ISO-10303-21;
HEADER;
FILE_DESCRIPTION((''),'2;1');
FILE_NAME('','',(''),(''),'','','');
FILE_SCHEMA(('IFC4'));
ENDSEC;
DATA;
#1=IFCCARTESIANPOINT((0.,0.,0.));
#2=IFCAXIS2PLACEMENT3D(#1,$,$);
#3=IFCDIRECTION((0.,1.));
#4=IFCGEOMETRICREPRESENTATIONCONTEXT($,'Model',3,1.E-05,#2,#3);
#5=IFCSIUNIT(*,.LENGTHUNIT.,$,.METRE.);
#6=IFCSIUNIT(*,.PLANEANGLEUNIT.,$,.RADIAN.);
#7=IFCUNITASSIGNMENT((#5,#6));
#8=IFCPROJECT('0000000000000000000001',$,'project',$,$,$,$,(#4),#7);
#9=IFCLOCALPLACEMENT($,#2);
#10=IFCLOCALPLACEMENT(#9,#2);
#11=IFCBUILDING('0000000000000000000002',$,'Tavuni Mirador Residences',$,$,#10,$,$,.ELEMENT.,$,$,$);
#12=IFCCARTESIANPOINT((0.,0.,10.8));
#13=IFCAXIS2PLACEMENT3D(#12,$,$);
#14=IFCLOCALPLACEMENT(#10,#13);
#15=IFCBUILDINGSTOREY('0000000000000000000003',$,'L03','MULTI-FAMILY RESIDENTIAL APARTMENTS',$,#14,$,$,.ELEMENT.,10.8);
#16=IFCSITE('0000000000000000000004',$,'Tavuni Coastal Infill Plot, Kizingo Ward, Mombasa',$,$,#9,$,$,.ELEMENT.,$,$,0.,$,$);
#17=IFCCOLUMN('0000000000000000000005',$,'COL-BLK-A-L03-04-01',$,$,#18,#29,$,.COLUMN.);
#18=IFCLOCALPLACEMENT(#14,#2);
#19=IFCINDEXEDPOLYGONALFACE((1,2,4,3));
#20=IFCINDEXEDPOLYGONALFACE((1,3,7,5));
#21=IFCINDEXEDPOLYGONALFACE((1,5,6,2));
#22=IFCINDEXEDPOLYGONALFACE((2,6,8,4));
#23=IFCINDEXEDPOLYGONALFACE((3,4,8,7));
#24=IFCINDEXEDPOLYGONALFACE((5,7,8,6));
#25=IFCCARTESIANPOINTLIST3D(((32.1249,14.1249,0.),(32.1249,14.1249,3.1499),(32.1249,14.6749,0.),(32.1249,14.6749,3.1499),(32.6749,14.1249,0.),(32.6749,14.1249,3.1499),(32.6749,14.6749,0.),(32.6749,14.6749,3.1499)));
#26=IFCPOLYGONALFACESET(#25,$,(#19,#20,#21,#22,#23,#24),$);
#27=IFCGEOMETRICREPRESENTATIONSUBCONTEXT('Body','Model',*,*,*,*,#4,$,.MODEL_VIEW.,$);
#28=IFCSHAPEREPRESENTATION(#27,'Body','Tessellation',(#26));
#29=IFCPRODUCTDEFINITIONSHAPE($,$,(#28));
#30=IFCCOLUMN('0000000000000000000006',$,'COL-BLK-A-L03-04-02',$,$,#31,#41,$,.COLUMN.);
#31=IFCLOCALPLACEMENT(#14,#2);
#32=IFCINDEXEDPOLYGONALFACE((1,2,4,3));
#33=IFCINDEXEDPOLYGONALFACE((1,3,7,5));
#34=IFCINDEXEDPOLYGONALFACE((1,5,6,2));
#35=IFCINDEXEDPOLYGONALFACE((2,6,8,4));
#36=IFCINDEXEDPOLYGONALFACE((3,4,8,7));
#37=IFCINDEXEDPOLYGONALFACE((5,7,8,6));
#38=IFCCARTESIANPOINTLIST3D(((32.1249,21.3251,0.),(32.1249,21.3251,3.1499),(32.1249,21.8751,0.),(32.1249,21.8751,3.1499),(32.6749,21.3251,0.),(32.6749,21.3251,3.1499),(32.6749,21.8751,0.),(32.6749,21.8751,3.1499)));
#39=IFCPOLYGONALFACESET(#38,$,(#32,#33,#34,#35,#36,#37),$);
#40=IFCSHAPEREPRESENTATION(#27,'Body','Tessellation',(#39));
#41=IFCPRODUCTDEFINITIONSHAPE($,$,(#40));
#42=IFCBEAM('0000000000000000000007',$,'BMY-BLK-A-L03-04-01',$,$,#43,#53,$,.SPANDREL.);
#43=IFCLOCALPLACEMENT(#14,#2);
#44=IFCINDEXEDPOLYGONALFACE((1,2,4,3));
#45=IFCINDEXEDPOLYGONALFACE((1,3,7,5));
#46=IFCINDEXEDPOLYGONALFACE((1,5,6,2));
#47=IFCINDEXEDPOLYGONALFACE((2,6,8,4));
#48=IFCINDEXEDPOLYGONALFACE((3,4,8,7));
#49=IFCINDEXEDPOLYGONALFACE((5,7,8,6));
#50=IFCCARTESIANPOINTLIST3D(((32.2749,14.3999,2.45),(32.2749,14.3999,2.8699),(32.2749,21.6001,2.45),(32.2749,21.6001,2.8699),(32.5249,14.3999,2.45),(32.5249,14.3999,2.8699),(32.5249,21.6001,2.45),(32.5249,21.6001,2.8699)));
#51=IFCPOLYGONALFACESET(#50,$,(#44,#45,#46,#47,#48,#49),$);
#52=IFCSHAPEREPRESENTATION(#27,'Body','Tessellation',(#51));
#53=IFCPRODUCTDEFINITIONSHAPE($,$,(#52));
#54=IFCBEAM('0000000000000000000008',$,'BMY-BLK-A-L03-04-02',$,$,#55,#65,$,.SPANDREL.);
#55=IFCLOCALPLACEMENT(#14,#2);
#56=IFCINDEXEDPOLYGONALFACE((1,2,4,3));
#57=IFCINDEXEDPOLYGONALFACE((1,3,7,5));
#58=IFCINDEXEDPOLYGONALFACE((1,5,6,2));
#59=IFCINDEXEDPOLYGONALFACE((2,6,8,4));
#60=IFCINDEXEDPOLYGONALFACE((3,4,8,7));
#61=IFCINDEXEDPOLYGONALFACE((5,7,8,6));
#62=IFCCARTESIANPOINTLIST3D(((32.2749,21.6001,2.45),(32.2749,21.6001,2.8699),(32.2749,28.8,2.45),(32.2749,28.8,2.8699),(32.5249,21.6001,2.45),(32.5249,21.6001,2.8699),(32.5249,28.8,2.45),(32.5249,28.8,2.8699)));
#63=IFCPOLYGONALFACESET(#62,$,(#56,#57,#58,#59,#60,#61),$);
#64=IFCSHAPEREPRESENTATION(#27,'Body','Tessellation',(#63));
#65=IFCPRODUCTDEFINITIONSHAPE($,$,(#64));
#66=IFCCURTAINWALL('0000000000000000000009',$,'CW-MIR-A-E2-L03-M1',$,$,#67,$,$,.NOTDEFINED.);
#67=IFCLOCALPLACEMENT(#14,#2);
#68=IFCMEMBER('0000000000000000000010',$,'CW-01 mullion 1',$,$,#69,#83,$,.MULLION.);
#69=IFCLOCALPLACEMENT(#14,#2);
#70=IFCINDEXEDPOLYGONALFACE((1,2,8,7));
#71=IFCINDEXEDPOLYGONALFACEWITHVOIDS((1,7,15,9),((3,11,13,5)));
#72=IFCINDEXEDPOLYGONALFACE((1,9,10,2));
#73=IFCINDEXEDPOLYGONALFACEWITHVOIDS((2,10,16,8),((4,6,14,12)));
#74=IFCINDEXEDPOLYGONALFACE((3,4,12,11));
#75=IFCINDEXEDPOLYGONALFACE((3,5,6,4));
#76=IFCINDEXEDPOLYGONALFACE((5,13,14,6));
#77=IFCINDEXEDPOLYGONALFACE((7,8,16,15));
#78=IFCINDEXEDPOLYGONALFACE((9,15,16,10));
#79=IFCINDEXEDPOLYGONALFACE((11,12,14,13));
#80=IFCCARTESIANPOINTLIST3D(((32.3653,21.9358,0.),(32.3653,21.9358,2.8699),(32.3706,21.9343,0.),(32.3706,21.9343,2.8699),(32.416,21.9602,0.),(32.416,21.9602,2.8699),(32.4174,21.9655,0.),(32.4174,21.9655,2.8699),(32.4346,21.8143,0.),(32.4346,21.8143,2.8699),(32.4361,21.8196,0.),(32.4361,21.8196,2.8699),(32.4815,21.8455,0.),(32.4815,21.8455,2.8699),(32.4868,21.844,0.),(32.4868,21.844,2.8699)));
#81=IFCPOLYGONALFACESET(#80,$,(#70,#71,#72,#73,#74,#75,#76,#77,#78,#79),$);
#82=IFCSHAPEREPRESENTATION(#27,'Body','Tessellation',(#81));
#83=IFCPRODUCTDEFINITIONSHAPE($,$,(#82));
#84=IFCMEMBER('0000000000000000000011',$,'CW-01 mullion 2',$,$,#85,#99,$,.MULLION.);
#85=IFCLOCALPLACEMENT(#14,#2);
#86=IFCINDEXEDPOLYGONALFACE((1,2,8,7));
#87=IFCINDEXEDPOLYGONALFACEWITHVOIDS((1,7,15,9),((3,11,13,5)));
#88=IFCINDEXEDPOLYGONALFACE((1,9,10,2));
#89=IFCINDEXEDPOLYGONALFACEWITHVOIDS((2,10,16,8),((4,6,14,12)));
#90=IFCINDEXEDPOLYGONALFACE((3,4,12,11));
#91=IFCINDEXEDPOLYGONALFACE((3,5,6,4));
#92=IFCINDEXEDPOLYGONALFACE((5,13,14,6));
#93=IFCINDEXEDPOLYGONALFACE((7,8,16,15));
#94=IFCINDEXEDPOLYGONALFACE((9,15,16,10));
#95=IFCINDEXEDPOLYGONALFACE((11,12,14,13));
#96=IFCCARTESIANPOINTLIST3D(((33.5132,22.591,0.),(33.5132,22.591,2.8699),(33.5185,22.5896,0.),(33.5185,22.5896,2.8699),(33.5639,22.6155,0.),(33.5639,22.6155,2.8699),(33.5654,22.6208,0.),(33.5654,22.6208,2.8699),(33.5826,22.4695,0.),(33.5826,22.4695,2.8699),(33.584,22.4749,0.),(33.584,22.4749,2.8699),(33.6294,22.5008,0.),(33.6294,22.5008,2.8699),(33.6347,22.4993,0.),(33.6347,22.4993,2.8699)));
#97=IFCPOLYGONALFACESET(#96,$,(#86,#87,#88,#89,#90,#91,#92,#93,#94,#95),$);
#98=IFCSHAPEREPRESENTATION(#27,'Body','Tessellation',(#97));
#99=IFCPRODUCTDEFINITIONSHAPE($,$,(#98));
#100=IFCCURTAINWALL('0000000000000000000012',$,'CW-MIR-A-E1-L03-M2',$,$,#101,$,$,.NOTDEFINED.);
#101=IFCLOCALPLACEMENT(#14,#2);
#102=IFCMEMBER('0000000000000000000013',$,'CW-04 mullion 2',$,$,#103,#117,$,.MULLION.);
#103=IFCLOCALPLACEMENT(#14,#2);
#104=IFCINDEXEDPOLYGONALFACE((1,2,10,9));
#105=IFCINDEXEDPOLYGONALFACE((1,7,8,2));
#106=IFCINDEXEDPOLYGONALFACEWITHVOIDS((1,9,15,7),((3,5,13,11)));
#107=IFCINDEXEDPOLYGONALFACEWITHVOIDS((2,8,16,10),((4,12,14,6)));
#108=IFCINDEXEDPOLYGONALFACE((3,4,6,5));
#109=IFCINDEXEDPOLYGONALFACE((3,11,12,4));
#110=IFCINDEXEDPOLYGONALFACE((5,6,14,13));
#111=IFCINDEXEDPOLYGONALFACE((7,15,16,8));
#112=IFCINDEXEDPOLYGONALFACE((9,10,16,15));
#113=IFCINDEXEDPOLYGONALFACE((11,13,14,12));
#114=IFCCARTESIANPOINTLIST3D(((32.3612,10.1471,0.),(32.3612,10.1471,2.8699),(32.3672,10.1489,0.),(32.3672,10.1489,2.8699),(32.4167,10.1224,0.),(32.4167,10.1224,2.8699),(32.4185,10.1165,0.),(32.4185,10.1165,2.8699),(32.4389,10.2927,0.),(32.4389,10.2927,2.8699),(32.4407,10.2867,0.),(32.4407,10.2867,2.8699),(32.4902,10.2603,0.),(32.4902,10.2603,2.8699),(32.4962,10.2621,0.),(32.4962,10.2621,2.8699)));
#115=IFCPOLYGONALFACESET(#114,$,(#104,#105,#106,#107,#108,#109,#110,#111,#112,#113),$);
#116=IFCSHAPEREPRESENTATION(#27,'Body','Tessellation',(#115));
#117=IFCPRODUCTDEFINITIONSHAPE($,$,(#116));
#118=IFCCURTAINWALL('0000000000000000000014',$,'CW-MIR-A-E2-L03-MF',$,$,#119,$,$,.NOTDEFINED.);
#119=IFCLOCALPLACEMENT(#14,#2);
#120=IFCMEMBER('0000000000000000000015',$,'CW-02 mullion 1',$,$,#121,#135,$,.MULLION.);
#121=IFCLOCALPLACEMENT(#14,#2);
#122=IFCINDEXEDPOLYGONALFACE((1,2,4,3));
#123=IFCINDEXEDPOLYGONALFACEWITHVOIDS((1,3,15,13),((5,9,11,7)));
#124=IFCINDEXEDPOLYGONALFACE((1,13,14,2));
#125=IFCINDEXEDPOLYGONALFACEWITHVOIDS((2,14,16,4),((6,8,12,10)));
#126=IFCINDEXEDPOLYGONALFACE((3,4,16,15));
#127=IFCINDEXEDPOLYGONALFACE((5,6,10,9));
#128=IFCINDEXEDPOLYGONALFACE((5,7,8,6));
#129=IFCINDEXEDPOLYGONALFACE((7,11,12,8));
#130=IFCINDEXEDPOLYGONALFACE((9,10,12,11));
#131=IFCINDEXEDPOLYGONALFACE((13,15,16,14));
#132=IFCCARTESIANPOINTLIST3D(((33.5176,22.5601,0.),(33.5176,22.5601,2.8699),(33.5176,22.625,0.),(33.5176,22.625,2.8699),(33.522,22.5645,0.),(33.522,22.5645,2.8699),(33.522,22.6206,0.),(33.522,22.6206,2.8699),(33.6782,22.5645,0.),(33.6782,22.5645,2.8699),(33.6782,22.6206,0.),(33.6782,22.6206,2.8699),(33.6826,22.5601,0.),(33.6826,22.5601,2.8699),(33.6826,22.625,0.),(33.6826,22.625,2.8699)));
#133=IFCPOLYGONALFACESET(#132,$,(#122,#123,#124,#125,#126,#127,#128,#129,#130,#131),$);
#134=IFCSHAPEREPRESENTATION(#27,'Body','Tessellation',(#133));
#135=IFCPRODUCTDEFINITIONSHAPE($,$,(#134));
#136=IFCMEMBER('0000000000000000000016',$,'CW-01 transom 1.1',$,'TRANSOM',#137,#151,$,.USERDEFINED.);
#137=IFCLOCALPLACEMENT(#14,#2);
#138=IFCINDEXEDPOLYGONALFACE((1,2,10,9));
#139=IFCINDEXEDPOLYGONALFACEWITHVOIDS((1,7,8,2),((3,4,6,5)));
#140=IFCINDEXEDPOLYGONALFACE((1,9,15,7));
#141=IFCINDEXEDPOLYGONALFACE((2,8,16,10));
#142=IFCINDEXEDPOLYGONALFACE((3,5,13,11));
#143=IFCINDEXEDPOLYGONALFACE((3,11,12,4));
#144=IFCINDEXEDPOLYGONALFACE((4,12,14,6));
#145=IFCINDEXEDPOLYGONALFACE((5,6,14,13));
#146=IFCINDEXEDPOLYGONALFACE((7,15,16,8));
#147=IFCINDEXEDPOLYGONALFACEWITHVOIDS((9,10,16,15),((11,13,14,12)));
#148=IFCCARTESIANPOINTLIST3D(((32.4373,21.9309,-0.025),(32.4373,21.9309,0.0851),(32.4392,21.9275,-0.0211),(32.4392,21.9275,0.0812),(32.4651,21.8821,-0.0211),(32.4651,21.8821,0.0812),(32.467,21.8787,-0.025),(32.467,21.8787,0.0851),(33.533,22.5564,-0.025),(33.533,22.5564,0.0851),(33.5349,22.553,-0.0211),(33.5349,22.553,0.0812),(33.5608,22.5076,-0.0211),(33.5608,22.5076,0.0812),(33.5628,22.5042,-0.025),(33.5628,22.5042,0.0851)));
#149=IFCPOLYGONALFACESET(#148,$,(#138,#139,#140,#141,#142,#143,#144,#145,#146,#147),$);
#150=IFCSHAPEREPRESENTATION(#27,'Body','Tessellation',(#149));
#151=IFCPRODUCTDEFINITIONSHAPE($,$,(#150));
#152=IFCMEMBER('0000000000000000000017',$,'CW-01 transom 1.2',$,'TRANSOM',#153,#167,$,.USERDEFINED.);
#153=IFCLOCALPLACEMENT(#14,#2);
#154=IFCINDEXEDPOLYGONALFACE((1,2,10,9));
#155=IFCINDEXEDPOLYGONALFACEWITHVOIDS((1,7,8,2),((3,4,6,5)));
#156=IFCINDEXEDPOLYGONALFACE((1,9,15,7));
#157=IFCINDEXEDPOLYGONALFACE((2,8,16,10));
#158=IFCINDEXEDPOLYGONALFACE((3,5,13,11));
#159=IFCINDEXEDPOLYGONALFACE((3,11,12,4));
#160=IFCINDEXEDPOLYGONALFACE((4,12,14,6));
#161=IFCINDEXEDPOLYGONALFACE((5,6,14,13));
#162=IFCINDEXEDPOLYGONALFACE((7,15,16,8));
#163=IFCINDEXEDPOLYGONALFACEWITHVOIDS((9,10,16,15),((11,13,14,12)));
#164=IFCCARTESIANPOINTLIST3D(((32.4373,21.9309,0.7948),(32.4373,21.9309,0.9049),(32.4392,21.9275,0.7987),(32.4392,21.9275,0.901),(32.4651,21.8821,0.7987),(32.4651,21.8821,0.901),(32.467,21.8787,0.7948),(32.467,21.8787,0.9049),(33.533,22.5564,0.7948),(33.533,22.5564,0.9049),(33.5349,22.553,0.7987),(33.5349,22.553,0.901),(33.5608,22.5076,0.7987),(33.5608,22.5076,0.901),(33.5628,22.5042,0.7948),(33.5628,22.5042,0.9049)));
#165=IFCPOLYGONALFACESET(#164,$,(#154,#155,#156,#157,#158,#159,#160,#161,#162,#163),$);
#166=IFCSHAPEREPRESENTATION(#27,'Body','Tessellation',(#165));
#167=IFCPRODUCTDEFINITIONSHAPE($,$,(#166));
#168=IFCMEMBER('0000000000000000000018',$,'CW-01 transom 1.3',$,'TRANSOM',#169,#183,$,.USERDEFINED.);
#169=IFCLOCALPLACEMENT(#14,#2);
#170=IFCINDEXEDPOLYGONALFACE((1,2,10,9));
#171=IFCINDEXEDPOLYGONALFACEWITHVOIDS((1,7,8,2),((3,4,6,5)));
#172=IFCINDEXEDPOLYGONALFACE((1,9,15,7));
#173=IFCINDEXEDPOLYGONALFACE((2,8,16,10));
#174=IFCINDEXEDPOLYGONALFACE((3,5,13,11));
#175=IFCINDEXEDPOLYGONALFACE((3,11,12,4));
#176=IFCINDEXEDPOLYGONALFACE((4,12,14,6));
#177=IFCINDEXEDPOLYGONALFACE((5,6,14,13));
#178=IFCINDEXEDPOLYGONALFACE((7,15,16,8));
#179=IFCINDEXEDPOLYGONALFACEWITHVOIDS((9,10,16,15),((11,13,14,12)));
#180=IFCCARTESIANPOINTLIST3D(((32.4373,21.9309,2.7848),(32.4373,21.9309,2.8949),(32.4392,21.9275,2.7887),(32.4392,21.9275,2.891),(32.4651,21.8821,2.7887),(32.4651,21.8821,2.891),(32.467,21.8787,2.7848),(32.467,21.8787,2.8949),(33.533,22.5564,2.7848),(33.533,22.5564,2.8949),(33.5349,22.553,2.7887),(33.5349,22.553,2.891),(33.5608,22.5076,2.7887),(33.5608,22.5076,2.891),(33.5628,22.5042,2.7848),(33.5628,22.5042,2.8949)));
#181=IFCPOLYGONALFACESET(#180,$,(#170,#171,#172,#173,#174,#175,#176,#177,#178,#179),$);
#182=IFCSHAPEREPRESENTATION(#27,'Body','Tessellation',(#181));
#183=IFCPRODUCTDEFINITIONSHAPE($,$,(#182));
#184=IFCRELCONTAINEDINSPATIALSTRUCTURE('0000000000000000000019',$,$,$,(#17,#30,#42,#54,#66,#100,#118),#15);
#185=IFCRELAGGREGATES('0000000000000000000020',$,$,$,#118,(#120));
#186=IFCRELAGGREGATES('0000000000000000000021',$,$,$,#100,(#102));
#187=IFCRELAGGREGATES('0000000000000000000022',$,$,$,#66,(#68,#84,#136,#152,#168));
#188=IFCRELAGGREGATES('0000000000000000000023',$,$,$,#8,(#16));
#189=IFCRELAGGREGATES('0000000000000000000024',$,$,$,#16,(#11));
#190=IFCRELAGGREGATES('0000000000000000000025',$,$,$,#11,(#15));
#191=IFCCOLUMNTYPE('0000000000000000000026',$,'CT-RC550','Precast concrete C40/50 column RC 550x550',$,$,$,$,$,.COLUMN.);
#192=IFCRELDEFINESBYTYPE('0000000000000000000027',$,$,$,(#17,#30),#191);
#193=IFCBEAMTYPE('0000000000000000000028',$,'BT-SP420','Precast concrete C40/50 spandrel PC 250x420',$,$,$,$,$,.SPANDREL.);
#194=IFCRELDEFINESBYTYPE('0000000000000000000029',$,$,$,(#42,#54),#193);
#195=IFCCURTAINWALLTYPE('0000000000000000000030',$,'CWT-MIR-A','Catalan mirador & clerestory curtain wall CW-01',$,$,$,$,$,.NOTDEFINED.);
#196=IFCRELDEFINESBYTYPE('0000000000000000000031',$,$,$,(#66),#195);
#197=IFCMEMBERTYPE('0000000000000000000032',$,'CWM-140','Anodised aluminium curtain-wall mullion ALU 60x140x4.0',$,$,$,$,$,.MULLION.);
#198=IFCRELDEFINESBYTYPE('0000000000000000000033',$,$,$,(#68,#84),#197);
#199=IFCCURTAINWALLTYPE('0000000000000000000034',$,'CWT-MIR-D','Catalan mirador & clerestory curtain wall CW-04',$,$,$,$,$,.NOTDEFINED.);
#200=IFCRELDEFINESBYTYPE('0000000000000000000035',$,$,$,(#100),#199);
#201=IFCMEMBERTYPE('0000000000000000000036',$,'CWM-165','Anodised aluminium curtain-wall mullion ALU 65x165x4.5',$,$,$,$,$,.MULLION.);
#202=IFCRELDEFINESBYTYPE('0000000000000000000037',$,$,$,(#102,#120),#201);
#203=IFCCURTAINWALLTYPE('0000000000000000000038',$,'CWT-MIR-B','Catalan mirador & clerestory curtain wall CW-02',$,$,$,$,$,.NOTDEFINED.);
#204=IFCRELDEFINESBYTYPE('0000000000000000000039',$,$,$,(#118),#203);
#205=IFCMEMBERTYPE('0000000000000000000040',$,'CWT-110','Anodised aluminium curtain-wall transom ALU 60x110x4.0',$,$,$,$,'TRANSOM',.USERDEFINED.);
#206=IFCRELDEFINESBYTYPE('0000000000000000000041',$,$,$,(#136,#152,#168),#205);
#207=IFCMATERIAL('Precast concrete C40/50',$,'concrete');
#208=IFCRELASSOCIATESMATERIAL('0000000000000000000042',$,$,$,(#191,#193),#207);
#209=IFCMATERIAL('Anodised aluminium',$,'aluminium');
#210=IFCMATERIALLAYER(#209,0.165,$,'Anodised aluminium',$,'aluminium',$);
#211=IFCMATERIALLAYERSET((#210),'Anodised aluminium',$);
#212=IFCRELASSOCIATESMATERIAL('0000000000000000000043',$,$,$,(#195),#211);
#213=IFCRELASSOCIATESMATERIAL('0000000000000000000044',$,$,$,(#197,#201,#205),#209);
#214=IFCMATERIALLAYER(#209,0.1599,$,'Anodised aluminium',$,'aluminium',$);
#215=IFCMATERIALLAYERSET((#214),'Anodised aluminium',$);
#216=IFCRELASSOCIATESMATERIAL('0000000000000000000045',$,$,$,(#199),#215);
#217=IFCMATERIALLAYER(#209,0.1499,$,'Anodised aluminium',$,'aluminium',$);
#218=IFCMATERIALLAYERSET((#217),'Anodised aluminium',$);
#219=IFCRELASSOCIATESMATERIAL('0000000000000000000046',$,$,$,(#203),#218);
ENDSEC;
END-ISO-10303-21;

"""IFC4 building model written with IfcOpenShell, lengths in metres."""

from ifc_helpers import new_model, si_unit, direction, frame, origin, origin_2d, place, context, subcontext, project, spatial, rectangle, hollow_rectangle, extrude, material, layer, layer_set, material_profile, profile_set, type_object, element, aggregate, save


model = new_model("IFC4")

# Units and contexts
model_context = context("Model", 3, precision=1e-05, world=origin(), true_north=direction((0.0, 1.0)))
body_context = subcontext(model_context, "Body", "Model", "MODEL_VIEW")
ifc_project = project(units=[si_unit("LENGTHUNIT", "METRE"), si_unit("PLANEANGLEUNIT", "RADIAN")], contexts=[model_context])

# Site, building, storey
site_placement = place(None, origin())
site = spatial("IfcSite", under=ifc_project, at=site_placement, Name="Tavuni Coastal Infill Plot, Kizingo Ward, Mombasa", CompositionType="ELEMENT", RefElevation=0.0)
building_placement = place(site_placement, origin())
building = spatial("IfcBuilding", under=site, at=building_placement, Name="Tavuni Mirador Residences", CompositionType="ELEMENT")
storey_placement = place(building_placement, frame((0.0, 0.0, 10.8)))
storey = spatial("IfcBuildingStorey", under=building, at=storey_placement, Name="L03", Description="MULTI-FAMILY RESIDENTIAL APARTMENTS", CompositionType="ELEMENT", Elevation=10.8)

# Columns
ifc_material_1 = material(Name="Precast concrete C40/50", Category="concrete")
ifc_material_profile_1 = material_profile(ifc_material_1, rectangle(XDim=0.55, YDim=0.55, at=origin_2d()), Name="RC 550x550", Category="concrete")
ifc_profile_set_1 = profile_set([ifc_material_profile_1], Name="Precast concrete C40/50")
column_type = type_object("IfcColumnType", Name="CT-RC550", Description="Precast concrete C40/50 column RC 550x550", PredefinedType="COLUMN", material=ifc_profile_set_1)
for number, where, z_axis, x_axis, name in (
    (1, (32.3999, 14.3999, 0.0), (0.0, 0.0, 1.0), (1.0, 0.0, 0.0), "COL-BLK-A-L03-04-01"),
    (2, (32.3999, 21.6001, 0.0), (0.0, 0.0, 1.0), (1.0, 0.0, 0.0), "COL-BLK-A-L03-04-02"),
):
    element("IfcColumn", number, at=place(storey_placement, frame(where, z_axis=z_axis, x_axis=x_axis)), inside=storey, type_object=column_type, Name=name, PredefinedType="COLUMN", context=body_context, shape_type="SweptSolid", body=[
        extrude(rectangle(XDim=0.55, YDim=0.55, at=origin_2d()), origin(), (0.0, 0.0, 1.0), 3.1499),
    ])

# Beams
ifc_material_profile_2 = material_profile(ifc_material_1, rectangle(XDim=0.25, YDim=0.4199, at=origin_2d()), Name="PC 250x420", Category="concrete")
ifc_profile_set_2 = profile_set([ifc_material_profile_2], Name="Precast concrete C40/50")
beam_type = type_object("IfcBeamType", Name="BT-SP420", Description="Precast concrete C40/50 spandrel PC 250x420", PredefinedType="SPANDREL", material=ifc_profile_set_2)
beam_1_placement = place(storey_placement, frame((32.3999, 14.3999, 2.6599), z_axis=(0.0, 1.0, 0.0), x_axis=(-1.0, 0.0, 0.0)))
element("IfcBeam", 3, at=beam_1_placement, inside=storey, type_object=beam_type, Name="BMY-BLK-A-L03-04-01", PredefinedType="SPANDREL", context=body_context, shape_type="SweptSolid", body=[
    extrude(rectangle(XDim=0.25, YDim=0.4199, at=origin_2d()), origin(), (0.0, 0.0, 1.0), 7.2002),
])
beam_2_placement = place(storey_placement, frame((32.3999, 21.6001, 2.6599), z_axis=(0.0, 1.0, 0.0), x_axis=(-1.0, 0.0, 0.0)))
element("IfcBeam", 4, at=beam_2_placement, inside=storey, type_object=beam_type, Name="BMY-BLK-A-L03-04-02", PredefinedType="SPANDREL", context=body_context, shape_type="SweptSolid", body=[
    extrude(rectangle(XDim=0.25, YDim=0.4199, at=origin_2d()), origin(), (0.0, 0.0, 1.0), 7.2),
])

# Curtain wall, members
ifc_material_2 = material(Name="Anodised aluminium", Category="aluminium")
ifc_layer_1 = layer(ifc_material_2, 0.165, Name="Anodised aluminium", Category="aluminium")
ifc_layer_set_1 = layer_set([ifc_layer_1], Name="Anodised aluminium")
curtain_wall_type_1 = type_object("IfcCurtainWallType", Name="CWT-MIR-A", Description="Catalan mirador & clerestory curtain wall CW-01", PredefinedType="NOTDEFINED", material=ifc_layer_set_1)
curtain_wall_1_placement = place(storey_placement, origin())
curtain_wall_1 = element("IfcCurtainWall", 5, at=curtain_wall_1_placement, inside=storey, type_object=curtain_wall_type_1, Name="CW-MIR-A-E2-L03-M1", PredefinedType="NOTDEFINED")
ifc_material_profile_3 = material_profile(ifc_material_2, hollow_rectangle(XDim=0.0601, YDim=0.1399, WallThickness=0.0039, at=origin_2d()), Name="ALU 60x140x4.0", Category="aluminium")
ifc_profile_set_3 = profile_set([ifc_material_profile_3], Name="Anodised aluminium")
member_type_1 = type_object("IfcMemberType", Name="CWM-140", Description="Anodised aluminium curtain-wall mullion ALU 60x140x4.0", PredefinedType="MULLION", material=ifc_profile_set_3)
member_1_placement = place(storey_placement, frame((32.426, 21.8899, 0.0), z_axis=(0.0, 0.0, 1.0), x_axis=(0.868466, 0.495749, 0.0)))
member_1 = element("IfcMember", 6, at=member_1_placement, type_object=member_type_1, Name="CW-01 mullion 1", PredefinedType="MULLION", context=body_context, shape_type="SweptSolid", body=[
    extrude(hollow_rectangle(XDim=0.0601, YDim=0.1399, WallThickness=0.0039, at=origin_2d()), origin(), (0.0, 0.0, 1.0), 2.8699),
])
member_2_placement = place(storey_placement, frame((33.574, 22.5452, 0.0), z_axis=(0.0, 0.0, 1.0), x_axis=(0.868466, 0.495749, 0.0)))
member_2 = element("IfcMember", 7, at=member_2_placement, type_object=member_type_1, Name="CW-01 mullion 2", PredefinedType="MULLION", context=body_context, shape_type="SweptSolid", body=[
    extrude(hollow_rectangle(XDim=0.0601, YDim=0.1399, WallThickness=0.0039, at=origin_2d()), origin(), (0.0, 0.0, 1.0), 2.8699),
])

# Curtain walls, members
ifc_layer_2 = layer(ifc_material_2, 0.1599, Name="Anodised aluminium", Category="aluminium")
ifc_layer_set_2 = layer_set([ifc_layer_2], Name="Anodised aluminium")
curtain_wall_type_2 = type_object("IfcCurtainWallType", Name="CWT-MIR-D", Description="Catalan mirador & clerestory curtain wall CW-04", PredefinedType="NOTDEFINED", material=ifc_layer_set_2)
curtain_wall_2_placement = place(storey_placement, origin())
curtain_wall_2 = element("IfcCurtainWall", 8, at=curtain_wall_2_placement, inside=storey, type_object=curtain_wall_type_2, Name="CW-MIR-A-E1-L03-M2", PredefinedType="NOTDEFINED")
ifc_material_profile_4 = material_profile(ifc_material_2, hollow_rectangle(XDim=0.0649, YDim=0.165, WallThickness=0.0044, at=origin_2d()), Name="ALU 65x165x4.5", Category="aluminium")
ifc_profile_set_4 = profile_set([ifc_material_profile_4], Name="Anodised aluminium")
member_type_2 = type_object("IfcMemberType", Name="CWM-165", Description="Anodised aluminium curtain-wall mullion ALU 65x165x4.5", PredefinedType="MULLION", material=ifc_profile_set_4)
member_3_placement = place(storey_placement, frame((32.4287, 10.2046, 0.0), z_axis=(0.0, 0.0, 1.0), x_axis=(-0.882353, 0.470588, 0.0)))
member_3 = element("IfcMember", 9, at=member_3_placement, type_object=member_type_2, Name="CW-04 mullion 2", PredefinedType="MULLION", context=body_context, shape_type="SweptSolid", body=[
    extrude(hollow_rectangle(XDim=0.0649, YDim=0.165, WallThickness=0.0044, at=origin_2d()), origin(), (0.0, 0.0, 1.0), 2.8699),
])
ifc_layer_3 = layer(ifc_material_2, 0.1499, Name="Anodised aluminium", Category="aluminium")
ifc_layer_set_3 = layer_set([ifc_layer_3], Name="Anodised aluminium")
curtain_wall_type_3 = type_object("IfcCurtainWallType", Name="CWT-MIR-B", Description="Catalan mirador & clerestory curtain wall CW-02", PredefinedType="NOTDEFINED", material=ifc_layer_set_3)
curtain_wall_3_placement = place(storey_placement, origin())
curtain_wall_3 = element("IfcCurtainWall", 10, at=curtain_wall_3_placement, inside=storey, type_object=curtain_wall_type_3, Name="CW-MIR-A-E2-L03-MF", PredefinedType="NOTDEFINED")
member_4_placement = place(storey_placement, frame((33.6001, 22.5925, 0.0), z_axis=(0.0, 0.0, 1.0), x_axis=(0.0, 1.0, 0.0)))
member_4 = element("IfcMember", 11, at=member_4_placement, type_object=member_type_2, Name="CW-02 mullion 1", PredefinedType="MULLION", context=body_context, shape_type="SweptSolid", body=[
    extrude(hollow_rectangle(XDim=0.0649, YDim=0.165, WallThickness=0.0044, at=origin_2d()), origin(), (0.0, 0.0, 1.0), 2.8699),
])
aggregate(curtain_wall_3, [member_4])

# Members
ifc_material_profile_5 = material_profile(ifc_material_2, hollow_rectangle(XDim=0.0601, YDim=0.1101, WallThickness=0.0039, at=origin_2d()), Name="ALU 60x110x4.0", Category="aluminium")
ifc_profile_set_5 = profile_set([ifc_material_profile_5], Name="Anodised aluminium")
member_type_3 = type_object("IfcMemberType", Name="CWT-110", Description="Anodised aluminium curtain-wall transom ALU 60x110x4.0", ElementType="TRANSOM", PredefinedType="USERDEFINED", material=ifc_profile_set_5)
member_5_placement = place(storey_placement, frame((32.4521, 21.9048, 0.03), z_axis=(0.868457, 0.495764, 0.0), x_axis=(-0.495764, 0.868457, 0.0)))
member_5 = element("IfcMember", 12, at=member_5_placement, type_object=member_type_3, Name="CW-01 transom 1.1", ObjectType="TRANSOM", PredefinedType="USERDEFINED", context=body_context, shape_type="SweptSolid", body=[
    extrude(hollow_rectangle(XDim=0.0601, YDim=0.1101, WallThickness=0.0039, at=origin_2d()), origin(), (0.0, 0.0, 1.0), 1.2617),
])
member_6_placement = place(storey_placement, frame((32.4521, 21.9048, 0.8499), z_axis=(0.868457, 0.495764, 0.0), x_axis=(-0.495764, 0.868457, 0.0)))
member_6 = element("IfcMember", 13, at=member_6_placement, type_object=member_type_3, Name="CW-01 transom 1.2", ObjectType="TRANSOM", PredefinedType="USERDEFINED", context=body_context, shape_type="SweptSolid", body=[
    extrude(hollow_rectangle(XDim=0.0601, YDim=0.1101, WallThickness=0.0039, at=origin_2d()), origin(), (0.0, 0.0, 1.0), 1.2617),
])
member_7_placement = place(storey_placement, frame((32.4521, 21.9048, 2.8398), z_axis=(0.868457, 0.495764, 0.0), x_axis=(-0.495764, 0.868457, 0.0)))
member_7 = element("IfcMember", 14, at=member_7_placement, type_object=member_type_3, Name="CW-01 transom 1.3", ObjectType="TRANSOM", PredefinedType="USERDEFINED", context=body_context, shape_type="SweptSolid", body=[
    extrude(hollow_rectangle(XDim=0.0601, YDim=0.1101, WallThickness=0.0039, at=origin_2d()), origin(), (0.0, 0.0, 1.0), 1.2617),
])

aggregate(curtain_wall_2, [member_3])
aggregate(curtain_wall_1, [member_1, member_2, member_5, member_6, member_7])

save(model, "model.ifc")
